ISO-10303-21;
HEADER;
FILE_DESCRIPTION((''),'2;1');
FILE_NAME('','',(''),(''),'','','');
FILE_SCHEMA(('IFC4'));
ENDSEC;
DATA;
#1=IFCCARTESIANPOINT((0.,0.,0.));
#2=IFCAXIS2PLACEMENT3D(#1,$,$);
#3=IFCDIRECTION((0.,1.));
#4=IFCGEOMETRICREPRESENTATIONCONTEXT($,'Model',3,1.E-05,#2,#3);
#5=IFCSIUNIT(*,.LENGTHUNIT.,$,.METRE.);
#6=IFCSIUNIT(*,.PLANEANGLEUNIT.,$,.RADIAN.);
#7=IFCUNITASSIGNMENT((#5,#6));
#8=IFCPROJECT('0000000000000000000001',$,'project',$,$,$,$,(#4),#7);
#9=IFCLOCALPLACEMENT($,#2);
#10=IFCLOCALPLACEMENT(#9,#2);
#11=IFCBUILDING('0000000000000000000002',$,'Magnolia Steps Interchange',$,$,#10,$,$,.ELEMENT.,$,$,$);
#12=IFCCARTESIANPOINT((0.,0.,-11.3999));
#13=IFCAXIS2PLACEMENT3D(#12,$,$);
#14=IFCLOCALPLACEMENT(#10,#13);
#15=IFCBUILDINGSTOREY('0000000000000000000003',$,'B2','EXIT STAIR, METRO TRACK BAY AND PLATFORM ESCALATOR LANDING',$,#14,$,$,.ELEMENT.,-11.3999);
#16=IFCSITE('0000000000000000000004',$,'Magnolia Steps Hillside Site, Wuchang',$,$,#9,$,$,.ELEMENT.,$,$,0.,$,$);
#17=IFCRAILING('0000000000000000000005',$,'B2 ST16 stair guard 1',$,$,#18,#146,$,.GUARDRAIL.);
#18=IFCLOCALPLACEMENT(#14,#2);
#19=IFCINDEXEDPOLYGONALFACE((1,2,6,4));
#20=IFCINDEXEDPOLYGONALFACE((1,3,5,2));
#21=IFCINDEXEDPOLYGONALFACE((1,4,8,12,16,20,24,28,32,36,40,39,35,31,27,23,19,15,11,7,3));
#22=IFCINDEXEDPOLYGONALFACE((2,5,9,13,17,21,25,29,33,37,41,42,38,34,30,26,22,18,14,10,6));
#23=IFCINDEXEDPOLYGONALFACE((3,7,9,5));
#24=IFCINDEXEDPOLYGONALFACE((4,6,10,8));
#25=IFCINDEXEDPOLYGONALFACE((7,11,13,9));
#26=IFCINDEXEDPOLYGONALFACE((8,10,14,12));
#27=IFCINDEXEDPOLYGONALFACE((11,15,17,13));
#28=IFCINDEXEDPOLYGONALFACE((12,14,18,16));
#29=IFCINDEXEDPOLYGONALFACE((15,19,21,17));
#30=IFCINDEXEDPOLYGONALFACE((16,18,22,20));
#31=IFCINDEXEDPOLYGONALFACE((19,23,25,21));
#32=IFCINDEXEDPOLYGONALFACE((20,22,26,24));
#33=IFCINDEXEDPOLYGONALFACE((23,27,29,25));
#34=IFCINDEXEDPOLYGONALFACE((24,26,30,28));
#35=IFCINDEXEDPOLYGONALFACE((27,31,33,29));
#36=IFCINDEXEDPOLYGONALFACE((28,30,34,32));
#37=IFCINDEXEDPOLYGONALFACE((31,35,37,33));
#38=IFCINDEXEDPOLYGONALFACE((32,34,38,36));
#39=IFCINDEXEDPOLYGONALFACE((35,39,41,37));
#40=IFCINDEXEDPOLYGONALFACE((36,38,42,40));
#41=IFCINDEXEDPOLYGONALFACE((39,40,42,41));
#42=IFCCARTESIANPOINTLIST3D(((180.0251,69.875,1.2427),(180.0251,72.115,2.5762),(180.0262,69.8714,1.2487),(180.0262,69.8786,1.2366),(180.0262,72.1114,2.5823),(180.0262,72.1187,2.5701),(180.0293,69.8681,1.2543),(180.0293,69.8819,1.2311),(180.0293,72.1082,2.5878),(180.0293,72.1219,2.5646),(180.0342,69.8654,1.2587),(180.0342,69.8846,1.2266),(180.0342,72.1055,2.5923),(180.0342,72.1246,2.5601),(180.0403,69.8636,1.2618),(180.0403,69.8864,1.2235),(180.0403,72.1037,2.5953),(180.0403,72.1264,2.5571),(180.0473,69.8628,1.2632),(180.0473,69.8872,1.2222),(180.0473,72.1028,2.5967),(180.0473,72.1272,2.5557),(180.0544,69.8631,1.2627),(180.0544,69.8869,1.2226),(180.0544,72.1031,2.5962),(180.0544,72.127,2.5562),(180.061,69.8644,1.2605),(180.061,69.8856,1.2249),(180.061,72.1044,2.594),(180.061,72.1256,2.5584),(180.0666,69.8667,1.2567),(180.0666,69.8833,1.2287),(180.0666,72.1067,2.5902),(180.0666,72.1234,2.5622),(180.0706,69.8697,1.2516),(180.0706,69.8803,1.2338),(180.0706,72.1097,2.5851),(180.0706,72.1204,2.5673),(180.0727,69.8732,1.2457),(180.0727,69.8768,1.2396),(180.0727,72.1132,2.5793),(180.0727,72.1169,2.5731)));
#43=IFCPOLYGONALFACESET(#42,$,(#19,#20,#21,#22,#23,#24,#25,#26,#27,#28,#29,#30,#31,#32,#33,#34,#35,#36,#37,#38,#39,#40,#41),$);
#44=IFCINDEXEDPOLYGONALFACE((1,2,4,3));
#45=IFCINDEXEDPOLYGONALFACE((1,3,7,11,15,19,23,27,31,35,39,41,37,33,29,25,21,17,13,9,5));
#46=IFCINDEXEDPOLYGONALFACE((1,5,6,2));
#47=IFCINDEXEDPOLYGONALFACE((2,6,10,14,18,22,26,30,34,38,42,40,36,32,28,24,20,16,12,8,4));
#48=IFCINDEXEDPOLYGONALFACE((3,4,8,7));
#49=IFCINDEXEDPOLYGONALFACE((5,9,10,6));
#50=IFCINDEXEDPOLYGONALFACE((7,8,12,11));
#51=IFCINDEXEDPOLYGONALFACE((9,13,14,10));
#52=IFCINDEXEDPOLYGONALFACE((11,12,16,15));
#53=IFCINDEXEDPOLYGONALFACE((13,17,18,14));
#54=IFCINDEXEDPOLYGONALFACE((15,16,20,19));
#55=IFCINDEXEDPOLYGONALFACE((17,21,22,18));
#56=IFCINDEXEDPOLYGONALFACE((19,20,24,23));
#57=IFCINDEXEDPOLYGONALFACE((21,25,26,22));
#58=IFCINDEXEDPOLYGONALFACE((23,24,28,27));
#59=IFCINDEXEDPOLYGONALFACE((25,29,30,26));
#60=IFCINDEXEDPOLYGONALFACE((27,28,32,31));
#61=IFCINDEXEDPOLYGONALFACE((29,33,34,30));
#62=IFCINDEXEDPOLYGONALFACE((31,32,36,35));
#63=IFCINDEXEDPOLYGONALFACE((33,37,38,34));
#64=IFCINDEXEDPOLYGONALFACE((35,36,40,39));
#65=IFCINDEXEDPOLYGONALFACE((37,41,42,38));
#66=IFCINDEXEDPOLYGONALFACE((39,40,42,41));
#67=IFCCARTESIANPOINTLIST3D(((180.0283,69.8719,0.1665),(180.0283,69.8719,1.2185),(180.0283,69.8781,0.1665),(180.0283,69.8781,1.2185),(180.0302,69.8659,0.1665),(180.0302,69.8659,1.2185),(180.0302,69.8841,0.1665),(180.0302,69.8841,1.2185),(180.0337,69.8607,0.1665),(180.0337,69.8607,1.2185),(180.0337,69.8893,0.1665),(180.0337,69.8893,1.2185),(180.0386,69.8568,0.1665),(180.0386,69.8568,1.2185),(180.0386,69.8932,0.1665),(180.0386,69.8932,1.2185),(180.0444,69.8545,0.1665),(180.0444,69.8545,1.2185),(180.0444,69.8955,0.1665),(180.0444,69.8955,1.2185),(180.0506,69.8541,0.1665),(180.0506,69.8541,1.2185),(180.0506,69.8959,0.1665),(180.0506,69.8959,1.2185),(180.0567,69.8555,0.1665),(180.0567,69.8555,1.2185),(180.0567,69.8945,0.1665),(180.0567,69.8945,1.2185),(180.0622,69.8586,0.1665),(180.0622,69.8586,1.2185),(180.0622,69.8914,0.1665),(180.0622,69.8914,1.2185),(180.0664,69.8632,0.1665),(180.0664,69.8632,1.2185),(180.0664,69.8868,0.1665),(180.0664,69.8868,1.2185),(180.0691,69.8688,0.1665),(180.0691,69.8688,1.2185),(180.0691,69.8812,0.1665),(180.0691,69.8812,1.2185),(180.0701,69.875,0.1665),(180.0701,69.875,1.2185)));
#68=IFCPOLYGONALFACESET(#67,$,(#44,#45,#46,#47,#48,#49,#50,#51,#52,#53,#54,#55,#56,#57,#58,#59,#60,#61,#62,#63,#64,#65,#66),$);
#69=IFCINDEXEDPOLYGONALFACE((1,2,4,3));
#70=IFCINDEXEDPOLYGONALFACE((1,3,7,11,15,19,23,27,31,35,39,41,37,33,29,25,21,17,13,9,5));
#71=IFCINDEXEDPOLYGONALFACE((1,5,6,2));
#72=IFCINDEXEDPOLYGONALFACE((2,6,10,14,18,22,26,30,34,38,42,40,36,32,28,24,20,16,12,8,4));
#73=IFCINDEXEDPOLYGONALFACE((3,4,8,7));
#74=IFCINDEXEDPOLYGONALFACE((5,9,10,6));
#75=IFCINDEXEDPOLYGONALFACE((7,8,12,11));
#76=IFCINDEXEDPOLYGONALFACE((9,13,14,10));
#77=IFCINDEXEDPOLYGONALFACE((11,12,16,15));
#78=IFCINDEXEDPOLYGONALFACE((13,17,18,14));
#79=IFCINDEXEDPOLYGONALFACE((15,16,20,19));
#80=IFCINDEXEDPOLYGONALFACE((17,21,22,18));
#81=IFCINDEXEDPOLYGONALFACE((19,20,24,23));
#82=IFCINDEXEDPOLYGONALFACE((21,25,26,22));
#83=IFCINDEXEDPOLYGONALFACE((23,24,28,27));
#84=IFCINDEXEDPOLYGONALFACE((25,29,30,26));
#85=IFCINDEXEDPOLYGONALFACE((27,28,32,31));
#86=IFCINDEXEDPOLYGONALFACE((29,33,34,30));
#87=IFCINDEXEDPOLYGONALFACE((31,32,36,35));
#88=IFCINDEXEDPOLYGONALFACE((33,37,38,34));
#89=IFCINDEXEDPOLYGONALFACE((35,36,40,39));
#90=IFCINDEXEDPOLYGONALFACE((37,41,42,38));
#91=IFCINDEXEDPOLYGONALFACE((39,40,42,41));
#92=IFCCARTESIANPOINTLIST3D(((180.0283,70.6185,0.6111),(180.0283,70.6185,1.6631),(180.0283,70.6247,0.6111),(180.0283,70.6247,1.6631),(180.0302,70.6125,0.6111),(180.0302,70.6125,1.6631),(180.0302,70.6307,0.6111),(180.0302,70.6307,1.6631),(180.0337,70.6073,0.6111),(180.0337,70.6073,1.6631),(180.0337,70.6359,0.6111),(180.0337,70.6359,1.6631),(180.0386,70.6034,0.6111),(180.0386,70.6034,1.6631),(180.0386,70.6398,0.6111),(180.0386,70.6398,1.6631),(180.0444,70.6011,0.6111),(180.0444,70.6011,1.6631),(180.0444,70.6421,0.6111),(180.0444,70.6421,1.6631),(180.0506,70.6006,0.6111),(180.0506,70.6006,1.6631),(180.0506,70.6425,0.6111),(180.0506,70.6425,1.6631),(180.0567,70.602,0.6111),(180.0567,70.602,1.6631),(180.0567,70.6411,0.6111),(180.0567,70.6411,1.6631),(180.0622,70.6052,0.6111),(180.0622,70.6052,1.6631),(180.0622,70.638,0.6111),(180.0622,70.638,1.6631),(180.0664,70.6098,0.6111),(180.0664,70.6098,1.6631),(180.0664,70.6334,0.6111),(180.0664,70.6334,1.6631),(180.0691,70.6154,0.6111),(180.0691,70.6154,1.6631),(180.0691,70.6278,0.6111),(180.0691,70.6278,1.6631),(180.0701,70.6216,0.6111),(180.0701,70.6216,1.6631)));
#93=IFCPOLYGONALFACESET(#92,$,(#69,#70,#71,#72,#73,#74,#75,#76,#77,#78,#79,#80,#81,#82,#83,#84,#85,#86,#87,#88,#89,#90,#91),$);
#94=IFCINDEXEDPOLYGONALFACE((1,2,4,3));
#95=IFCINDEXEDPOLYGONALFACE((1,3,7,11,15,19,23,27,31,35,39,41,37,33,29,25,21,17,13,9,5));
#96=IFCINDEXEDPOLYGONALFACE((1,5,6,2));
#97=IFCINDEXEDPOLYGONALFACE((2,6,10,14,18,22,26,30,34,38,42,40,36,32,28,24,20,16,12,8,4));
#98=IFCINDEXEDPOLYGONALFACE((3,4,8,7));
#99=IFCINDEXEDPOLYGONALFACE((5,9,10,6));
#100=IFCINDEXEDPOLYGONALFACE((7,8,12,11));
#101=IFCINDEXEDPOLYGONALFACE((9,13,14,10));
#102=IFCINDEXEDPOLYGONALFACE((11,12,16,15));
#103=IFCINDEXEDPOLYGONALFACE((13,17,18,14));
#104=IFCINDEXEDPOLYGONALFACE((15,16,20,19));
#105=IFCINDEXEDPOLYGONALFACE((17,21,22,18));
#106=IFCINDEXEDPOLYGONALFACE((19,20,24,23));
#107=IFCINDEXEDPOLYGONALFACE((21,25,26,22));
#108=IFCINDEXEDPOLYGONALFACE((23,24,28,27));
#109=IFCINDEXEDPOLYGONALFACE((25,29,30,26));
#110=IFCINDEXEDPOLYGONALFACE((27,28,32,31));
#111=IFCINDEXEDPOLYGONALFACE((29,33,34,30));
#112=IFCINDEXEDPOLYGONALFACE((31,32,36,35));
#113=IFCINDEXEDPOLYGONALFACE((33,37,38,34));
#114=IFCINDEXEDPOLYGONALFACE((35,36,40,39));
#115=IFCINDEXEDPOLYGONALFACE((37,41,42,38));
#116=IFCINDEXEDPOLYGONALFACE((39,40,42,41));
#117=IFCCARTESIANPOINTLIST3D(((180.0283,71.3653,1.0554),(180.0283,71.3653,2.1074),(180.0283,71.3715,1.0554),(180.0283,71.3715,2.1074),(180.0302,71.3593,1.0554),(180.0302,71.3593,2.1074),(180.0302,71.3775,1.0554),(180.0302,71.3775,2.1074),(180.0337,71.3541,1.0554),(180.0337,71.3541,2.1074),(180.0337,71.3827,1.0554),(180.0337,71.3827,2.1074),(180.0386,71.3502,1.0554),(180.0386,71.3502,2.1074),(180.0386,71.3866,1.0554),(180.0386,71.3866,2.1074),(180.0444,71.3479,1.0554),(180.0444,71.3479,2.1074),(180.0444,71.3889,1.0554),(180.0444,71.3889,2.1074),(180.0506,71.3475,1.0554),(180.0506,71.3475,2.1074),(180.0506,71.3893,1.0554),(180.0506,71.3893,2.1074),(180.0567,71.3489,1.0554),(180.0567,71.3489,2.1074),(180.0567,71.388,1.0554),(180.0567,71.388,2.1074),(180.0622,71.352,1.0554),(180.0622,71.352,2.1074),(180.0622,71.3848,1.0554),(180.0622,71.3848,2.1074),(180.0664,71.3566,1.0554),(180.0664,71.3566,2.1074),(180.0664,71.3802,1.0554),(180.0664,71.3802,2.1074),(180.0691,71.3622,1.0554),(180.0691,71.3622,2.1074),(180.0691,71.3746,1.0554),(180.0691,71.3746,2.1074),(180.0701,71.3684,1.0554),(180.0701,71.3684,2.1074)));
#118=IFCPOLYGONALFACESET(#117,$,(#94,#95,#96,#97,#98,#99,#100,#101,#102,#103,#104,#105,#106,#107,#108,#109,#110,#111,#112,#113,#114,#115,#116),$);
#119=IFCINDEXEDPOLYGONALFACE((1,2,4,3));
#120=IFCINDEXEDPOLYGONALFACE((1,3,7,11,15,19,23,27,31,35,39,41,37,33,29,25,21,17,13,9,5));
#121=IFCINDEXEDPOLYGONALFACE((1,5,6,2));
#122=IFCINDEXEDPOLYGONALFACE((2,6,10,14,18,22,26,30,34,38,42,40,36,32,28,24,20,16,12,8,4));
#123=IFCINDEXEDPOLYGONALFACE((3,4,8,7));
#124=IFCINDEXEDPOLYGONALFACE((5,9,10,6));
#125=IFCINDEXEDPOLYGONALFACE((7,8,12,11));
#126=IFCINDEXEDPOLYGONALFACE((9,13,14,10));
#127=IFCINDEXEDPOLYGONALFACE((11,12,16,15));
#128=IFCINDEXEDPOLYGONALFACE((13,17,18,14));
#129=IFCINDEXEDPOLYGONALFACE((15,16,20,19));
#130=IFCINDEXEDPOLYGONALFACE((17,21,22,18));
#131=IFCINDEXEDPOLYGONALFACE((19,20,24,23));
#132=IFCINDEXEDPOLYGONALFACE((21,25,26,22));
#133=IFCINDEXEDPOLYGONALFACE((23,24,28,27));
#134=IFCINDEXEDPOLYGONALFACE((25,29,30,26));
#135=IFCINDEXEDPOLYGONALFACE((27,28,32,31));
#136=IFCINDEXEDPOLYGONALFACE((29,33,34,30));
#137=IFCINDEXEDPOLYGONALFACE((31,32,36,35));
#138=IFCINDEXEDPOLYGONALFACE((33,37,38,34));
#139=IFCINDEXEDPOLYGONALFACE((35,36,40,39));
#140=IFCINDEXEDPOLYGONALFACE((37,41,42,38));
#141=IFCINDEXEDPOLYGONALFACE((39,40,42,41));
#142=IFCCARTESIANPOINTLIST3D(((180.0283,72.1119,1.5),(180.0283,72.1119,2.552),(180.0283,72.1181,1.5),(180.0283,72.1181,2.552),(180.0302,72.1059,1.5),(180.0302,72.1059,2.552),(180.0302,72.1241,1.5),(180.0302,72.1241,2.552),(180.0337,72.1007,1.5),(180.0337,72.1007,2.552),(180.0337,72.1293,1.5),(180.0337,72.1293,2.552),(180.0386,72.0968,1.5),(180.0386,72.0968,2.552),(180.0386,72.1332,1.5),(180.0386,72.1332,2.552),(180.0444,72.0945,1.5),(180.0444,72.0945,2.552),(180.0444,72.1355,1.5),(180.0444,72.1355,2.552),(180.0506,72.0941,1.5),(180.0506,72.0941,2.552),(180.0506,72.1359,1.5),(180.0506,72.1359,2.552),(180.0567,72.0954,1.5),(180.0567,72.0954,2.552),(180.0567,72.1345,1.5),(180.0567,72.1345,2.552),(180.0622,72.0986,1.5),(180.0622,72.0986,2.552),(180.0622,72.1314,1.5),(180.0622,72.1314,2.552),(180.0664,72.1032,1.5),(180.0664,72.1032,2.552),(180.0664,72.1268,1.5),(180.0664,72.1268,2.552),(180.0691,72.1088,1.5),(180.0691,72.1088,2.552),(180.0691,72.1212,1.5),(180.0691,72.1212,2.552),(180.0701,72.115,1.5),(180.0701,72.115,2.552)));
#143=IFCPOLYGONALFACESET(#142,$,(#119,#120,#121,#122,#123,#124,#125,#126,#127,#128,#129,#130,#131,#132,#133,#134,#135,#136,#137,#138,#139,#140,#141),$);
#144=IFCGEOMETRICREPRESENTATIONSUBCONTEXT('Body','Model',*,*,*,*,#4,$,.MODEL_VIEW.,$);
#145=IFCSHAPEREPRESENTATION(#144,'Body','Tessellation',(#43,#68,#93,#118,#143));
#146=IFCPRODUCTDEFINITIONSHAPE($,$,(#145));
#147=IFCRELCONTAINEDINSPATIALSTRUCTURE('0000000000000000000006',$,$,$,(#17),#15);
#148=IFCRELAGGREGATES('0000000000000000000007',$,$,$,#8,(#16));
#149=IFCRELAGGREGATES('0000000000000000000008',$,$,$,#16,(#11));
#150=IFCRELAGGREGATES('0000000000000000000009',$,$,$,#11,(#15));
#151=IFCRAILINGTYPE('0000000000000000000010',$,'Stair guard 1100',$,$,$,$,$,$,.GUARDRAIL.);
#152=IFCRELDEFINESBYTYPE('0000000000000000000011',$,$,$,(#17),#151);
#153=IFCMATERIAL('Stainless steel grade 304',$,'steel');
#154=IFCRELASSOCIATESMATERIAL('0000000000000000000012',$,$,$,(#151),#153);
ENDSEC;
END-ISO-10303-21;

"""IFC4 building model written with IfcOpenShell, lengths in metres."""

from ifc_helpers import new_model, si_unit, direction, frame, origin, origin_2d, place, context, subcontext, project, spatial, circle, extrude, material, type_object, element, save


model = new_model("IFC4")

# Units and contexts
model_context = context("Model", 3, precision=1e-05, world=origin(), true_north=direction((0.0, 1.0)))
body_context = subcontext(model_context, "Body", "Model", "MODEL_VIEW")
ifc_project = project(units=[si_unit("LENGTHUNIT", "METRE"), si_unit("PLANEANGLEUNIT", "RADIAN")], contexts=[model_context])

# Site, building, storey
site_placement = place(None, origin())
site = spatial("IfcSite", under=ifc_project, at=site_placement, Name="Magnolia Steps Hillside Site, Wuchang", CompositionType="ELEMENT", RefElevation=0.0)
building_placement = place(site_placement, origin())
building = spatial("IfcBuilding", under=site, at=building_placement, Name="Magnolia Steps Interchange", CompositionType="ELEMENT")
storey_placement = place(building_placement, frame((0.0, 0.0, -11.3999)))
storey = spatial("IfcBuildingStorey", under=building, at=storey_placement, Name="B2", Description="EXIT STAIR, METRO TRACK BAY AND PLATFORM ESCALATOR LANDING", CompositionType="ELEMENT", Elevation=-11.3999)

# Railing
ifc_material_1 = material(Name="Stainless steel grade 304", Category="steel")
railing_type_1 = type_object("IfcRailingType", Name="Stair guard 1100", PredefinedType="GUARDRAIL", material=ifc_material_1)
railing_1_placement = place(storey_placement, frame((180.0491, 69.875, 0.1665)))
element("IfcRailing", 1, at=railing_1_placement, inside=storey, type_object=railing_type_1, Name="B2 ST16 stair guard 1", PredefinedType="GUARDRAIL", context=body_context, shape_type="SweptSolid", body=[
    extrude(circle(Radius=0.0239, at=origin_2d()), frame((0.0, 0.0, 1.0762), z_axis=(0.0, 0.859264, 0.511532), x_axis=(-1.0, 0.0, 0.0)), (0.0, 0.0, 1.0), 2.6069),
    extrude(circle(Radius=0.021, at=origin_2d()), origin(), (0.0, 0.0, 1.0), 1.052),
    extrude(circle(Radius=0.021, at=origin_2d()), frame((0.0, 0.7466, 0.4446)), (0.0, 0.0, 1.0), 1.052),
    extrude(circle(Radius=0.021, at=origin_2d()), frame((0.0, 1.4934, 0.8889)), (0.0, 0.0, 1.0), 1.052),
    extrude(circle(Radius=0.021, at=origin_2d()), frame((0.0, 2.24, 1.3335)), (0.0, 0.0, 1.0), 1.052),
])

save(model, "model.ifc")
